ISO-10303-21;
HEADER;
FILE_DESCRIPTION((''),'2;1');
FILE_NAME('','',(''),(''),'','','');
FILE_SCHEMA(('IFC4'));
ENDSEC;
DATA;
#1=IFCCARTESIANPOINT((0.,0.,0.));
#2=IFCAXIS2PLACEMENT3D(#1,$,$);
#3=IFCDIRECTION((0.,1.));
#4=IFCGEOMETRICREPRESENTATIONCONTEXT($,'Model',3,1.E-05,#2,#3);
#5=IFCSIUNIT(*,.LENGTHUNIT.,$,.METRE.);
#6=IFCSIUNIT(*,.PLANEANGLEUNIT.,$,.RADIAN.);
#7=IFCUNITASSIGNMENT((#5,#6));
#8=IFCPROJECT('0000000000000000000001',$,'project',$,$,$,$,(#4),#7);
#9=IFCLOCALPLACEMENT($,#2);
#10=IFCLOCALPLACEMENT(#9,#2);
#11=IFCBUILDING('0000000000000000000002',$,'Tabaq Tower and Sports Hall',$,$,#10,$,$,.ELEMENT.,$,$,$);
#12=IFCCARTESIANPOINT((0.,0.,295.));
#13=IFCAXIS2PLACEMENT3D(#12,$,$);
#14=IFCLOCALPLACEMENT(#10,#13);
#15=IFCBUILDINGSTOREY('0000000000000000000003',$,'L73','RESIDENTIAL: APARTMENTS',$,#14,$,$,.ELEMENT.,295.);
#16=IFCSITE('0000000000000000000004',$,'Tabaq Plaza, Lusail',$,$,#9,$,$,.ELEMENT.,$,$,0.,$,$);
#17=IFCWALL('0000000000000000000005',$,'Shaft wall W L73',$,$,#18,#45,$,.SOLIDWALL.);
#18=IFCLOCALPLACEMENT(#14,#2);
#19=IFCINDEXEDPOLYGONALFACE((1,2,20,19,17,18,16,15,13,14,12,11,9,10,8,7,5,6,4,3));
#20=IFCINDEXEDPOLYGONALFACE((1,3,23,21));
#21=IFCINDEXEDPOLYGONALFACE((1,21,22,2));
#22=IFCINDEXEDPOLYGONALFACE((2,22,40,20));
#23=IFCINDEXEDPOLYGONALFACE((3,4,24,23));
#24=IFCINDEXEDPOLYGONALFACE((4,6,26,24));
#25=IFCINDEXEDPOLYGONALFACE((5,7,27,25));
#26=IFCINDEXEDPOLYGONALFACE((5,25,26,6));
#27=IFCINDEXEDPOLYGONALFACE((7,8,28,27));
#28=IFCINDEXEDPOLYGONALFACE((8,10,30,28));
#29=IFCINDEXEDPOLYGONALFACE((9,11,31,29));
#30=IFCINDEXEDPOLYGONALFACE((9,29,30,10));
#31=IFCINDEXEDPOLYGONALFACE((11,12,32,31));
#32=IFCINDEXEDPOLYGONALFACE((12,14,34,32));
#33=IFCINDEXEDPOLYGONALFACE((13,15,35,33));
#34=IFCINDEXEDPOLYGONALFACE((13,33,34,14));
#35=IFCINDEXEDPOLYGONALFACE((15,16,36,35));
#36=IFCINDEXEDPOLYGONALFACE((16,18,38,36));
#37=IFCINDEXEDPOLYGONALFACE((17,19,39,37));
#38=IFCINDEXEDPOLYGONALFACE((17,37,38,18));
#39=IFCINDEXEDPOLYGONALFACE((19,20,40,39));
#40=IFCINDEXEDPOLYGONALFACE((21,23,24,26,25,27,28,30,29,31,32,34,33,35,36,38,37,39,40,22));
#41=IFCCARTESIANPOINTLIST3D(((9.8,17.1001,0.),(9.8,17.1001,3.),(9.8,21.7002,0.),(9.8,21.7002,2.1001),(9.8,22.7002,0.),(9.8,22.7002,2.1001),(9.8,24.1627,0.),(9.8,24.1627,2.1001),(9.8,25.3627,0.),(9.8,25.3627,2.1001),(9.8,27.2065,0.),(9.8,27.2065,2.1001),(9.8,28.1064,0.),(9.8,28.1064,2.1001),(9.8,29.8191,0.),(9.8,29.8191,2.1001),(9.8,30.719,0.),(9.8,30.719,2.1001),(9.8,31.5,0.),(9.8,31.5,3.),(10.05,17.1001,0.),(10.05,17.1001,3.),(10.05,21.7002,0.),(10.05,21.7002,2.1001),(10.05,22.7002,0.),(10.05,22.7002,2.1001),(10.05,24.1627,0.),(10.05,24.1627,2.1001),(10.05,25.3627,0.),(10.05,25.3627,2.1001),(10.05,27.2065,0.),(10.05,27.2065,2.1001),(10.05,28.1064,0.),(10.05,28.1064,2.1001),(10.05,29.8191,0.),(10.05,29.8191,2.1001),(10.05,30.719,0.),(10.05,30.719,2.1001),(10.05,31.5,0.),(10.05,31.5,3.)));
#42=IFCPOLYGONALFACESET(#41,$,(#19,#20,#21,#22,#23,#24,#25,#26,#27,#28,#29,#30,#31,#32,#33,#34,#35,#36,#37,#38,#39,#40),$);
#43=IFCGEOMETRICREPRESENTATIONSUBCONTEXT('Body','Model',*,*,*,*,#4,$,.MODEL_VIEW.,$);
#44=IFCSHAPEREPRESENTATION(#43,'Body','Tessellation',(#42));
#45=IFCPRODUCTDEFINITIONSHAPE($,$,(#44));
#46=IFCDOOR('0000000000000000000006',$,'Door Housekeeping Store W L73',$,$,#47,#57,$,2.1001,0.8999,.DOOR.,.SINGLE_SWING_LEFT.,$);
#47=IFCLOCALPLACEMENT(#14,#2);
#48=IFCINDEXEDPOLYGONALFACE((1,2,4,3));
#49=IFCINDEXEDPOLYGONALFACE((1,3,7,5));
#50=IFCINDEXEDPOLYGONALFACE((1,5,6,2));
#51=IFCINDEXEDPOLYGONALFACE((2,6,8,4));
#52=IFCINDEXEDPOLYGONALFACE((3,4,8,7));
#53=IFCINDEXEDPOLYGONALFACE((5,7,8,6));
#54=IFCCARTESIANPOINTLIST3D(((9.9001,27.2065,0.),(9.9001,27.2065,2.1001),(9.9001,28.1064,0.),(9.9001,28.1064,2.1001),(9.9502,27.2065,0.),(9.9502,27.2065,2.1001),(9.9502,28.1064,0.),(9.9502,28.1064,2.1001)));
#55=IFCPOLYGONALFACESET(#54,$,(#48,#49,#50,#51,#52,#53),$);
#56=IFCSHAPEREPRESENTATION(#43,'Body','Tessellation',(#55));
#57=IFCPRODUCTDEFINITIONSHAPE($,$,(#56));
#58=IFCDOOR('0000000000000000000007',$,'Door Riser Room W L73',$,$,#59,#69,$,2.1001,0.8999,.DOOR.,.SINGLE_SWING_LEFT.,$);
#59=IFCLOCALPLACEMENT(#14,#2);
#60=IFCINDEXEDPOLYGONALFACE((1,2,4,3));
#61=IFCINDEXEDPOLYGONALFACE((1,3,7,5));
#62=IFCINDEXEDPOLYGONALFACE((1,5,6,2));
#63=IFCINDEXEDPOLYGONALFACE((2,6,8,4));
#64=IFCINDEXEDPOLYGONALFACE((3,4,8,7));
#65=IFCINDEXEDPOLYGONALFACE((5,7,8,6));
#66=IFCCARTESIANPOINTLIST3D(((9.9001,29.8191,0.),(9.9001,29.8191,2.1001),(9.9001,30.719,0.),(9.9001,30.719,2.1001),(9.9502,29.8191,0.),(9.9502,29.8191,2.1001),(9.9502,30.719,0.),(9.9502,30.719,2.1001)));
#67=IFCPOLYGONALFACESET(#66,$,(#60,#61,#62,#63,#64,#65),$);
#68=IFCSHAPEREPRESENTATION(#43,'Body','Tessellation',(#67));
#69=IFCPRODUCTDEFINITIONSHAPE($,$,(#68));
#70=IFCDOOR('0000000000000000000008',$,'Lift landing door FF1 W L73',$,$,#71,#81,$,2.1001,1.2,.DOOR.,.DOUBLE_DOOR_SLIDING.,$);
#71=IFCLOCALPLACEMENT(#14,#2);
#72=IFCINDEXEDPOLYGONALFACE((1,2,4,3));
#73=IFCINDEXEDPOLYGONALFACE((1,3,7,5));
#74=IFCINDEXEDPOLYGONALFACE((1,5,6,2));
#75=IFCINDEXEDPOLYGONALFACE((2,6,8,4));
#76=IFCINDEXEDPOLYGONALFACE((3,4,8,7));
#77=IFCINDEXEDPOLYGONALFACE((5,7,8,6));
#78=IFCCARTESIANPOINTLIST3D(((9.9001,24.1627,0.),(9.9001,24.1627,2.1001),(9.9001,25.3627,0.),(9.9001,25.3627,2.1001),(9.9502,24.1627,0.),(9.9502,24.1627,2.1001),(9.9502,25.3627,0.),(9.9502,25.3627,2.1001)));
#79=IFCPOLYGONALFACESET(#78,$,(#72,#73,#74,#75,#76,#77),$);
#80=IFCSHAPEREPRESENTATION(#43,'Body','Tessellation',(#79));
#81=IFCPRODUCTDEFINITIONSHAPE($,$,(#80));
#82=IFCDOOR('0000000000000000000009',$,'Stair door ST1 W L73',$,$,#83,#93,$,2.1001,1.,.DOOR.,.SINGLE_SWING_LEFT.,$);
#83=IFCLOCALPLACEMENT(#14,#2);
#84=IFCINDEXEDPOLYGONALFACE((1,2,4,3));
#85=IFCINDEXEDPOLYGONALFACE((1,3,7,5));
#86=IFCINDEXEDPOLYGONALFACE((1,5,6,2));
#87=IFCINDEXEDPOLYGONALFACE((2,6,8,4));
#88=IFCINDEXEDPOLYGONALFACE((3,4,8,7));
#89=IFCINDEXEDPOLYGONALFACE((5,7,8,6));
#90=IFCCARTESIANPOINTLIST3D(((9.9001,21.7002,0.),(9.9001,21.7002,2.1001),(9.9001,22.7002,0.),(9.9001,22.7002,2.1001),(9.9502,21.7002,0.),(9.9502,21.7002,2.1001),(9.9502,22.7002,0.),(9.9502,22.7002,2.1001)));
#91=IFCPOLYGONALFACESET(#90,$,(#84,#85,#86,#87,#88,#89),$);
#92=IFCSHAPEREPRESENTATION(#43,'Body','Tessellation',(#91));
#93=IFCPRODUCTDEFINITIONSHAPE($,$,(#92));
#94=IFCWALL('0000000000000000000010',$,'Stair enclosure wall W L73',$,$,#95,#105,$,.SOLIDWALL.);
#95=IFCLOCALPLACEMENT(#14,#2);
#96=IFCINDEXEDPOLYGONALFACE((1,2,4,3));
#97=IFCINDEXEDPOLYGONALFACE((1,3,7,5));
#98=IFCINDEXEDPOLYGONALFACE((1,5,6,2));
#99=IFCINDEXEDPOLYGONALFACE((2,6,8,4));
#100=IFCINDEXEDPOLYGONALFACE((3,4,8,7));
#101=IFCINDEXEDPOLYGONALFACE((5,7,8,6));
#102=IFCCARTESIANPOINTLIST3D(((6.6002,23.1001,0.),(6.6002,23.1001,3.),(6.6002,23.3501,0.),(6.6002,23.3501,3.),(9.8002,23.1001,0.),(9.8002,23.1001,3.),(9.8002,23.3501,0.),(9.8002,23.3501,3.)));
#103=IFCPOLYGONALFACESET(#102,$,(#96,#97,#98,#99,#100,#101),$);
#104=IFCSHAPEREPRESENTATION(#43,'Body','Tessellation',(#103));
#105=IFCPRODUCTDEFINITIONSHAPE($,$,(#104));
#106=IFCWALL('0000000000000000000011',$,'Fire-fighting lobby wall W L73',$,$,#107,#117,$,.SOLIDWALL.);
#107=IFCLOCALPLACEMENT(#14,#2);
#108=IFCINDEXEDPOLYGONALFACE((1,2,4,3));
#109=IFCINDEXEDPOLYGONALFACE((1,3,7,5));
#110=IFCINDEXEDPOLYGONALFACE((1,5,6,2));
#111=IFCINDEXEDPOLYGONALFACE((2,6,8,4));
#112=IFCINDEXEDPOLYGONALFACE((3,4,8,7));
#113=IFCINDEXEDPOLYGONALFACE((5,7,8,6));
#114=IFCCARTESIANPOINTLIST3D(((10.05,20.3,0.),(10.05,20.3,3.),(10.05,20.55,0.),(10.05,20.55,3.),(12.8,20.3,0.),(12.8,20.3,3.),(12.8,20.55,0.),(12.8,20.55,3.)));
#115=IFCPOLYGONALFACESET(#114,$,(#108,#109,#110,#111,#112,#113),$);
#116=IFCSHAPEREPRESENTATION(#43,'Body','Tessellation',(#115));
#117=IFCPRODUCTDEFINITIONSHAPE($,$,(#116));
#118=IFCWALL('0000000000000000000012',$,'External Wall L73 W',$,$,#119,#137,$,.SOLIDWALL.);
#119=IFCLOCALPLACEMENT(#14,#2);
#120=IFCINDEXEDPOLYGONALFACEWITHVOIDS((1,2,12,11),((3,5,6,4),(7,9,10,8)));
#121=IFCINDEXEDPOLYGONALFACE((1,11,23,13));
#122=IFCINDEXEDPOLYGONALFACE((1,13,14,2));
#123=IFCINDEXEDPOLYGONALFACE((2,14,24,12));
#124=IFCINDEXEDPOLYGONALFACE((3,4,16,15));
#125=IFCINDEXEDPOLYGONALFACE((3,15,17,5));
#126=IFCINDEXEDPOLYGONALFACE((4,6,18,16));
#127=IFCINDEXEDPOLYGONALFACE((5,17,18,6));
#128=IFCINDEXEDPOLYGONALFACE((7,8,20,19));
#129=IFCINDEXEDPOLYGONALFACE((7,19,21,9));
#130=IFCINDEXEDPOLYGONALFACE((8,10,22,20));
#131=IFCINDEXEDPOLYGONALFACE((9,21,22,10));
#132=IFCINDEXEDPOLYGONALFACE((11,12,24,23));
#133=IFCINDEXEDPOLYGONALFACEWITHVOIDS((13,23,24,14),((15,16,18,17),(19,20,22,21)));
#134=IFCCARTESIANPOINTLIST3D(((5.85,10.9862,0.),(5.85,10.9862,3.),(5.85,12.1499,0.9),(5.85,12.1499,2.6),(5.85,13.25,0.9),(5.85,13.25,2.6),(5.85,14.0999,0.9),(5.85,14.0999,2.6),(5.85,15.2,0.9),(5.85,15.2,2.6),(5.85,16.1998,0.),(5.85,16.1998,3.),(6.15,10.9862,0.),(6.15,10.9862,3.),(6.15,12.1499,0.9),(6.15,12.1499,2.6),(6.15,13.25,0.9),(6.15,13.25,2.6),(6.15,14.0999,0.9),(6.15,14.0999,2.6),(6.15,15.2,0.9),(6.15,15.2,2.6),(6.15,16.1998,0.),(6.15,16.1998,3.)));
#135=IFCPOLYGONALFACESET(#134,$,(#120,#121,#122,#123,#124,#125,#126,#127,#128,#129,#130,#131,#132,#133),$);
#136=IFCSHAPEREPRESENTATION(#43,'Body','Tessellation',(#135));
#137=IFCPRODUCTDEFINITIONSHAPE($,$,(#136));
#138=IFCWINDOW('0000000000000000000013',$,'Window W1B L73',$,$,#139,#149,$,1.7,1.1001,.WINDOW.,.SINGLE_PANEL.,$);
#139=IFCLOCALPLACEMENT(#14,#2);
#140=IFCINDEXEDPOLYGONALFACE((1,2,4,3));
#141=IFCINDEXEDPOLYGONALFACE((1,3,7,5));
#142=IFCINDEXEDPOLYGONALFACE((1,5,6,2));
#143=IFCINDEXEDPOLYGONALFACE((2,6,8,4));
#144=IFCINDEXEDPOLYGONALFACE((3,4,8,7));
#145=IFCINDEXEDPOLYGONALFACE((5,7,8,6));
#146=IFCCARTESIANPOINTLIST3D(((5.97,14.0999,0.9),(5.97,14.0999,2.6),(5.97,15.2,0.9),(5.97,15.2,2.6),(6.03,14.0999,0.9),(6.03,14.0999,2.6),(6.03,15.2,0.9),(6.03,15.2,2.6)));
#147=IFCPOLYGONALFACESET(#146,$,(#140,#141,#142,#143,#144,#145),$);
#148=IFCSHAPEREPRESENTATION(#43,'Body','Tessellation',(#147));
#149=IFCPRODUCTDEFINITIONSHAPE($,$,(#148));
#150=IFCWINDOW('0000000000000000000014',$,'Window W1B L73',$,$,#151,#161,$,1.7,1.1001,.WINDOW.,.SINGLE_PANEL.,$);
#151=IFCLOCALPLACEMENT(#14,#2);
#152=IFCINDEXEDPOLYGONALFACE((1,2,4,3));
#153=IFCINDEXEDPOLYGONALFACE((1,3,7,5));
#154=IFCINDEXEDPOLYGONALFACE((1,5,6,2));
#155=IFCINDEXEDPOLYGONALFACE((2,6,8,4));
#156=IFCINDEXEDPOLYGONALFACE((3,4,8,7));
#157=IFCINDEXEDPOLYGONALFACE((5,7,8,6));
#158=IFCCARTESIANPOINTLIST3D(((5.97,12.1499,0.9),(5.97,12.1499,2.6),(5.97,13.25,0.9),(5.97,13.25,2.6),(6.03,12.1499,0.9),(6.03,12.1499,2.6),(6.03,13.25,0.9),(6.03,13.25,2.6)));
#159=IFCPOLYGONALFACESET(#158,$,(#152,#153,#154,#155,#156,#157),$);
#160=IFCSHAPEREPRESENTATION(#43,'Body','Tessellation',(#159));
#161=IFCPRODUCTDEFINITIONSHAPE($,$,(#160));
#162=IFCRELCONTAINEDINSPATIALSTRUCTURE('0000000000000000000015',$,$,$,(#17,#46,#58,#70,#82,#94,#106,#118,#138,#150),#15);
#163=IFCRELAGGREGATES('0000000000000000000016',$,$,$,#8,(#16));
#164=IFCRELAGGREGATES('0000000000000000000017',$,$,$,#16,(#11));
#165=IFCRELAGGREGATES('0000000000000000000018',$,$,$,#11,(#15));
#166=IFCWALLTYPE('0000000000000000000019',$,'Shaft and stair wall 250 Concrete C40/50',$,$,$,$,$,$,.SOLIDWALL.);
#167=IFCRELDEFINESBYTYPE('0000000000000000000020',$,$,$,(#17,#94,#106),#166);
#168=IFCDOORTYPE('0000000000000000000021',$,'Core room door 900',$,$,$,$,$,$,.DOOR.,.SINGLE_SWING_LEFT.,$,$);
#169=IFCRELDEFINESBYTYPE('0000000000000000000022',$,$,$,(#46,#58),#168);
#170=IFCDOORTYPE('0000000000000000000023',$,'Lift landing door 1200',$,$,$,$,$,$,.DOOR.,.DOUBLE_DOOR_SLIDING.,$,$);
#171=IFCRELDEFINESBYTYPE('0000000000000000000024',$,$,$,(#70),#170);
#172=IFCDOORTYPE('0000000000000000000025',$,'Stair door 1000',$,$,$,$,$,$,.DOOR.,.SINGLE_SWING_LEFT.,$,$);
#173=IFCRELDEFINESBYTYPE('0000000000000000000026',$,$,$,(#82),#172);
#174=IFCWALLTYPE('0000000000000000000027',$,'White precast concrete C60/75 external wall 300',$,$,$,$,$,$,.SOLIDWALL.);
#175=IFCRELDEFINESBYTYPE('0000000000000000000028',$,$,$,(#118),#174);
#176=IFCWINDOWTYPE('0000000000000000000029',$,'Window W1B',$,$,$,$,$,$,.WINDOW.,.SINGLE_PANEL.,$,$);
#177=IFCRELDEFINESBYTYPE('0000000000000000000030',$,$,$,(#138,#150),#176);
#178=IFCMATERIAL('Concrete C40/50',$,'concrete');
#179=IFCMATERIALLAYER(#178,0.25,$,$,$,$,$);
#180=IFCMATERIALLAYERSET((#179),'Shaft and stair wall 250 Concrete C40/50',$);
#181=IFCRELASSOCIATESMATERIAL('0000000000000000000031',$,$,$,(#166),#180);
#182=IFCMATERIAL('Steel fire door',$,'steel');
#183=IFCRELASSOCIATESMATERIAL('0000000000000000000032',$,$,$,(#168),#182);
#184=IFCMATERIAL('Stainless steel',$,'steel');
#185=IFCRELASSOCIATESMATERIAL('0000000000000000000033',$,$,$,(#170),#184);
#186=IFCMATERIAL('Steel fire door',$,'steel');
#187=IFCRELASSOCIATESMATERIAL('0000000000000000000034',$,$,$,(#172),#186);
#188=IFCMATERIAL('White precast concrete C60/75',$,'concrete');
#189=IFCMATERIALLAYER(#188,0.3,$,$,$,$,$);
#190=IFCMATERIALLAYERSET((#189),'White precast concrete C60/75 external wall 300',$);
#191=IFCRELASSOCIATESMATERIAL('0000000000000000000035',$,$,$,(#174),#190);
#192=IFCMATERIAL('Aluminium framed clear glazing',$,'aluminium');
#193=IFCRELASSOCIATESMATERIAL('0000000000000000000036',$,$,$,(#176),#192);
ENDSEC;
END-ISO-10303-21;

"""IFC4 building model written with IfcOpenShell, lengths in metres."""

from ifc_helpers import new_model, si_unit, direction, frame, frame_2d, origin, place, context, subcontext, project, spatial, rectangle, extrude, material, layer, layer_set, type_object, element, fill, save


model = new_model("IFC4")

# Units and contexts
model_context = context("Model", 3, precision=1e-05, world=origin(), true_north=direction((0.0, 1.0)))
body_context = subcontext(model_context, "Body", "Model", "MODEL_VIEW")
ifc_project = project(units=[si_unit("LENGTHUNIT", "METRE"), si_unit("PLANEANGLEUNIT", "RADIAN")], contexts=[model_context])

# Site, building, storey
site_placement = place(None, origin())
site = spatial("IfcSite", under=ifc_project, at=site_placement, Name="Tabaq Plaza, Lusail", CompositionType="ELEMENT", RefElevation=0.0)
building_placement = place(site_placement, origin())
building = spatial("IfcBuilding", under=site, at=building_placement, Name="Tabaq Tower and Sports Hall", CompositionType="ELEMENT")
storey_placement = place(building_placement, frame((0.0, 0.0, 295.0)))
storey = spatial("IfcBuildingStorey", under=building, at=storey_placement, Name="L73", Description="RESIDENTIAL: APARTMENTS", CompositionType="ELEMENT", Elevation=295.0)

# Wall, openings, doors
ifc_material_1 = material(Name="Concrete C40/50", Category="concrete")
ifc_layer_1 = layer(ifc_material_1, 0.25)
ifc_layer_set_1 = layer_set([ifc_layer_1], Name="Shaft and stair wall 250 Concrete C40/50")
wall_type_1 = type_object("IfcWallType", Name="Shaft and stair wall 250 Concrete C40/50", PredefinedType="SOLIDWALL", material=ifc_layer_set_1)
wall_1_placement = place(storey_placement, frame((9.925, 17.1001, 0.0), z_axis=(0.0, 0.0, 1.0), x_axis=(0.0, 1.0, 0.0)))
wall_1 = element("IfcWall", 1, at=wall_1_placement, inside=storey, type_object=wall_type_1, Name="Shaft wall W L73", PredefinedType="SOLIDWALL", context=body_context, shape_type="SweptSolid", body=[
    extrude(rectangle(XDim=14.3999, YDim=0.25, at=frame_2d((7.2, 0.0))), origin(), (0.0, 0.0, 1.0), 3.0),
])
opening_1_placement = place(wall_1_placement, frame((4.6001, 0.0, 0.0)))
opening_1 = element("IfcOpeningElement", 2, at=opening_1_placement, cuts=wall_1, PredefinedType="OPENING", context=body_context, shape_type="SweptSolid", body=[
    extrude(rectangle(XDim=1.0, YDim=2.1001, at=frame_2d((0.5, 1.05))), frame((0.0, 0.125, 0.0), z_axis=(0.0, -1.0, 0.0), x_axis=(1.0, 0.0, 0.0)), (0.0, 0.0, 1.0), 0.25),
])
opening_2_placement = place(wall_1_placement, frame((7.0625, 0.0, 0.0)))
opening_2 = element("IfcOpeningElement", 3, at=opening_2_placement, cuts=wall_1, PredefinedType="OPENING", context=body_context, shape_type="SweptSolid", body=[
    extrude(rectangle(XDim=1.2, YDim=2.1001, at=frame_2d((0.6001, 1.05))), frame((0.0, 0.125, 0.0), z_axis=(0.0, -1.0, 0.0), x_axis=(1.0, 0.0, 0.0)), (0.0, 0.0, 1.0), 0.25),
])
opening_3_placement = place(wall_1_placement, frame((10.1064, 0.0, 0.0)))
opening_3 = element("IfcOpeningElement", 4, at=opening_3_placement, cuts=wall_1, PredefinedType="OPENING", context=body_context, shape_type="SweptSolid", body=[
    extrude(rectangle(XDim=0.8999, YDim=2.1001, at=frame_2d((0.45, 1.05))), frame((0.0, 0.125, 0.0), z_axis=(0.0, -1.0, 0.0), x_axis=(1.0, 0.0, 0.0)), (0.0, 0.0, 1.0), 0.25),
])
opening_4_placement = place(wall_1_placement, frame((12.719, 0.0, 0.0)))
opening_4 = element("IfcOpeningElement", 5, at=opening_4_placement, cuts=wall_1, PredefinedType="OPENING", context=body_context, shape_type="SweptSolid", body=[
    extrude(rectangle(XDim=0.8999, YDim=2.1001, at=frame_2d((0.45, 1.05))), frame((0.0, 0.125, 0.0), z_axis=(0.0, -1.0, 0.0), x_axis=(1.0, 0.0, 0.0)), (0.0, 0.0, 1.0), 0.25),
])
ifc_material_2 = material(Name="Steel fire door", Category="steel")
door_type_1 = type_object("IfcDoorType", Name="Core room door 900", OperationType="SINGLE_SWING_LEFT", PredefinedType="DOOR", material=ifc_material_2)
door_1_placement = place(opening_3_placement, origin())
door_1 = element("IfcDoor", 6, at=door_1_placement, inside=storey, type_object=door_type_1, Name="Door Housekeeping Store W L73", OperationType="SINGLE_SWING_LEFT", OverallHeight=2.1001, OverallWidth=0.8999, PredefinedType="DOOR", context=body_context, shape_type="SweptSolid", body=[
    extrude(rectangle(XDim=0.8999, YDim=2.1001, at=frame_2d((0.45, 1.05))), frame((0.0, 0.0249, 0.0), z_axis=(0.0, -1.0, 0.0), x_axis=(1.0, 0.0, 0.0)), (0.0, 0.0, 1.0), 0.05),
])
fill(opening_3, door_1)
door_2_placement = place(opening_4_placement, origin())
door_2 = element("IfcDoor", 7, at=door_2_placement, inside=storey, type_object=door_type_1, Name="Door Riser Room W L73", OperationType="SINGLE_SWING_LEFT", OverallHeight=2.1001, OverallWidth=0.8999, PredefinedType="DOOR", context=body_context, shape_type="SweptSolid", body=[
    extrude(rectangle(XDim=0.8999, YDim=2.1001, at=frame_2d((0.45, 1.05))), frame((0.0, 0.0249, 0.0), z_axis=(0.0, -1.0, 0.0), x_axis=(1.0, 0.0, 0.0)), (0.0, 0.0, 1.0), 0.05),
])
fill(opening_4, door_2)
ifc_material_3 = material(Name="Stainless steel", Category="steel")
door_type_2 = type_object("IfcDoorType", Name="Lift landing door 1200", OperationType="DOUBLE_DOOR_SLIDING", PredefinedType="DOOR", material=ifc_material_3)
door_3_placement = place(opening_2_placement, origin())
door_3 = element("IfcDoor", 8, at=door_3_placement, inside=storey, type_object=door_type_2, Name="Lift landing door FF1 W L73", OperationType="DOUBLE_DOOR_SLIDING", OverallHeight=2.1001, OverallWidth=1.2, PredefinedType="DOOR", context=body_context, shape_type="SweptSolid", body=[
    extrude(rectangle(XDim=1.2, YDim=2.1001, at=frame_2d((0.6001, 1.05))), frame((0.0, 0.0249, 0.0), z_axis=(0.0, -1.0, 0.0), x_axis=(1.0, 0.0, 0.0)), (0.0, 0.0, 1.0), 0.05),
])
fill(opening_2, door_3)
ifc_material_4 = material(Name="Steel fire door", Category="steel")
door_type_3 = type_object("IfcDoorType", Name="Stair door 1000", OperationType="SINGLE_SWING_LEFT", PredefinedType="DOOR", material=ifc_material_4)
door_4_placement = place(opening_1_placement, origin())
door_4 = element("IfcDoor", 9, at=door_4_placement, inside=storey, type_object=door_type_3, Name="Stair door ST1 W L73", OperationType="SINGLE_SWING_LEFT", OverallHeight=2.1001, OverallWidth=1.0, PredefinedType="DOOR", context=body_context, shape_type="SweptSolid", body=[
    extrude(rectangle(XDim=1.0, YDim=2.1001, at=frame_2d((0.5, 1.05))), frame((0.0, 0.0249, 0.0), z_axis=(0.0, -1.0, 0.0), x_axis=(1.0, 0.0, 0.0)), (0.0, 0.0, 1.0), 0.05),
])
fill(opening_1, door_4)

# Walls
wall_2_placement = place(storey_placement, frame((6.6001, 23.2251, 0.0), z_axis=(0.0, 0.0, 1.0), x_axis=(1.0, 0.0, 0.0)))
element("IfcWall", 10, at=wall_2_placement, inside=storey, type_object=wall_type_1, Name="Stair enclosure wall W L73", PredefinedType="SOLIDWALL", context=body_context, shape_type="SweptSolid", body=[
    extrude(rectangle(XDim=3.2, YDim=0.25, at=frame_2d((1.6001, 0.0))), origin(), (0.0, 0.0, 1.0), 3.0),
])
wall_3_placement = place(storey_placement, frame((10.05, 20.425, 0.0), z_axis=(0.0, 0.0, 1.0), x_axis=(1.0, 0.0, 0.0)))
element("IfcWall", 11, at=wall_3_placement, inside=storey, type_object=wall_type_1, Name="Fire-fighting lobby wall W L73", PredefinedType="SOLIDWALL", context=body_context, shape_type="SweptSolid", body=[
    extrude(rectangle(XDim=2.75, YDim=0.25, at=frame_2d((1.375, 0.0))), origin(), (0.0, 0.0, 1.0), 3.0),
])

# Wall, openings, windows
ifc_material_5 = material(Name="White precast concrete C60/75", Category="concrete")
ifc_layer_2 = layer(ifc_material_5, 0.3)
ifc_layer_set_2 = layer_set([ifc_layer_2], Name="White precast concrete C60/75 external wall 300")
wall_type_2 = type_object("IfcWallType", Name="White precast concrete C60/75 external wall 300", PredefinedType="SOLIDWALL", material=ifc_layer_set_2)
wall_4_placement = place(storey_placement, frame((6.0, 16.2, 0.0), z_axis=(0.0, 0.0, 1.0), x_axis=(0.0, -1.0, 0.0)))
wall_4 = element("IfcWall", 12, at=wall_4_placement, inside=storey, type_object=wall_type_2, Name="External Wall L73 W", PredefinedType="SOLIDWALL", context=body_context, shape_type="SweptSolid", body=[
    extrude(rectangle(XDim=5.2136, YDim=0.3, at=frame_2d((2.6069, 0.0))), origin(), (0.0, 0.0, 1.0), 3.0),
])
opening_5_placement = place(wall_4_placement, frame((1.0, 0.0, 0.8999)))
opening_5 = element("IfcOpeningElement", 13, at=opening_5_placement, cuts=wall_4, PredefinedType="OPENING", context=body_context, shape_type="SweptSolid", body=[
    extrude(rectangle(XDim=1.1001, YDim=1.7, at=frame_2d((0.55, 0.8501))), frame((0.0, 0.1602, 0.0), z_axis=(0.0, -1.0, 0.0), x_axis=(1.0, 0.0, 0.0)), (0.0, 0.0, 1.0), 0.3201),
])
opening_6_placement = place(wall_4_placement, frame((2.95, 0.0, 0.8999)))
opening_6 = element("IfcOpeningElement", 14, at=opening_6_placement, cuts=wall_4, PredefinedType="OPENING", context=body_context, shape_type="SweptSolid", body=[
    extrude(rectangle(XDim=1.1001, YDim=1.7, at=frame_2d((0.55, 0.8501))), frame((0.0, 0.1602, 0.0), z_axis=(0.0, -1.0, 0.0), x_axis=(1.0, 0.0, 0.0)), (0.0, 0.0, 1.0), 0.3201),
])
ifc_material_6 = material(Name="Aluminium framed clear glazing", Category="aluminium")
window_type_1 = type_object("IfcWindowType", Name="Window W1B", PartitioningType="SINGLE_PANEL", PredefinedType="WINDOW", material=ifc_material_6)
window_1_placement = place(opening_5_placement, origin())
window_1 = element("IfcWindow", 15, at=window_1_placement, inside=storey, type_object=window_type_1, Name="Window W1B L73", OverallHeight=1.7, OverallWidth=1.1001, PartitioningType="SINGLE_PANEL", PredefinedType="WINDOW", context=body_context, shape_type="SweptSolid", body=[
    extrude(rectangle(XDim=1.1001, YDim=1.7, at=frame_2d((0.55, 0.8501))), frame((0.0, 0.03, 0.0), z_axis=(0.0, -1.0, 0.0), x_axis=(1.0, 0.0, 0.0)), (0.0, 0.0, 1.0), 0.0601),
])
fill(opening_5, window_1)
window_2_placement = place(opening_6_placement, origin())
window_2 = element("IfcWindow", 16, at=window_2_placement, inside=storey, type_object=window_type_1, Name="Window W1B L73", OverallHeight=1.7, OverallWidth=1.1001, PartitioningType="SINGLE_PANEL", PredefinedType="WINDOW", context=body_context, shape_type="SweptSolid", body=[
    extrude(rectangle(XDim=1.1001, YDim=1.7, at=frame_2d((0.55, 0.8501))), frame((0.0, 0.03, 0.0), z_axis=(0.0, -1.0, 0.0), x_axis=(1.0, 0.0, 0.0)), (0.0, 0.0, 1.0), 0.0601),
])
fill(opening_6, window_2)

save(model, "model.ifc")
